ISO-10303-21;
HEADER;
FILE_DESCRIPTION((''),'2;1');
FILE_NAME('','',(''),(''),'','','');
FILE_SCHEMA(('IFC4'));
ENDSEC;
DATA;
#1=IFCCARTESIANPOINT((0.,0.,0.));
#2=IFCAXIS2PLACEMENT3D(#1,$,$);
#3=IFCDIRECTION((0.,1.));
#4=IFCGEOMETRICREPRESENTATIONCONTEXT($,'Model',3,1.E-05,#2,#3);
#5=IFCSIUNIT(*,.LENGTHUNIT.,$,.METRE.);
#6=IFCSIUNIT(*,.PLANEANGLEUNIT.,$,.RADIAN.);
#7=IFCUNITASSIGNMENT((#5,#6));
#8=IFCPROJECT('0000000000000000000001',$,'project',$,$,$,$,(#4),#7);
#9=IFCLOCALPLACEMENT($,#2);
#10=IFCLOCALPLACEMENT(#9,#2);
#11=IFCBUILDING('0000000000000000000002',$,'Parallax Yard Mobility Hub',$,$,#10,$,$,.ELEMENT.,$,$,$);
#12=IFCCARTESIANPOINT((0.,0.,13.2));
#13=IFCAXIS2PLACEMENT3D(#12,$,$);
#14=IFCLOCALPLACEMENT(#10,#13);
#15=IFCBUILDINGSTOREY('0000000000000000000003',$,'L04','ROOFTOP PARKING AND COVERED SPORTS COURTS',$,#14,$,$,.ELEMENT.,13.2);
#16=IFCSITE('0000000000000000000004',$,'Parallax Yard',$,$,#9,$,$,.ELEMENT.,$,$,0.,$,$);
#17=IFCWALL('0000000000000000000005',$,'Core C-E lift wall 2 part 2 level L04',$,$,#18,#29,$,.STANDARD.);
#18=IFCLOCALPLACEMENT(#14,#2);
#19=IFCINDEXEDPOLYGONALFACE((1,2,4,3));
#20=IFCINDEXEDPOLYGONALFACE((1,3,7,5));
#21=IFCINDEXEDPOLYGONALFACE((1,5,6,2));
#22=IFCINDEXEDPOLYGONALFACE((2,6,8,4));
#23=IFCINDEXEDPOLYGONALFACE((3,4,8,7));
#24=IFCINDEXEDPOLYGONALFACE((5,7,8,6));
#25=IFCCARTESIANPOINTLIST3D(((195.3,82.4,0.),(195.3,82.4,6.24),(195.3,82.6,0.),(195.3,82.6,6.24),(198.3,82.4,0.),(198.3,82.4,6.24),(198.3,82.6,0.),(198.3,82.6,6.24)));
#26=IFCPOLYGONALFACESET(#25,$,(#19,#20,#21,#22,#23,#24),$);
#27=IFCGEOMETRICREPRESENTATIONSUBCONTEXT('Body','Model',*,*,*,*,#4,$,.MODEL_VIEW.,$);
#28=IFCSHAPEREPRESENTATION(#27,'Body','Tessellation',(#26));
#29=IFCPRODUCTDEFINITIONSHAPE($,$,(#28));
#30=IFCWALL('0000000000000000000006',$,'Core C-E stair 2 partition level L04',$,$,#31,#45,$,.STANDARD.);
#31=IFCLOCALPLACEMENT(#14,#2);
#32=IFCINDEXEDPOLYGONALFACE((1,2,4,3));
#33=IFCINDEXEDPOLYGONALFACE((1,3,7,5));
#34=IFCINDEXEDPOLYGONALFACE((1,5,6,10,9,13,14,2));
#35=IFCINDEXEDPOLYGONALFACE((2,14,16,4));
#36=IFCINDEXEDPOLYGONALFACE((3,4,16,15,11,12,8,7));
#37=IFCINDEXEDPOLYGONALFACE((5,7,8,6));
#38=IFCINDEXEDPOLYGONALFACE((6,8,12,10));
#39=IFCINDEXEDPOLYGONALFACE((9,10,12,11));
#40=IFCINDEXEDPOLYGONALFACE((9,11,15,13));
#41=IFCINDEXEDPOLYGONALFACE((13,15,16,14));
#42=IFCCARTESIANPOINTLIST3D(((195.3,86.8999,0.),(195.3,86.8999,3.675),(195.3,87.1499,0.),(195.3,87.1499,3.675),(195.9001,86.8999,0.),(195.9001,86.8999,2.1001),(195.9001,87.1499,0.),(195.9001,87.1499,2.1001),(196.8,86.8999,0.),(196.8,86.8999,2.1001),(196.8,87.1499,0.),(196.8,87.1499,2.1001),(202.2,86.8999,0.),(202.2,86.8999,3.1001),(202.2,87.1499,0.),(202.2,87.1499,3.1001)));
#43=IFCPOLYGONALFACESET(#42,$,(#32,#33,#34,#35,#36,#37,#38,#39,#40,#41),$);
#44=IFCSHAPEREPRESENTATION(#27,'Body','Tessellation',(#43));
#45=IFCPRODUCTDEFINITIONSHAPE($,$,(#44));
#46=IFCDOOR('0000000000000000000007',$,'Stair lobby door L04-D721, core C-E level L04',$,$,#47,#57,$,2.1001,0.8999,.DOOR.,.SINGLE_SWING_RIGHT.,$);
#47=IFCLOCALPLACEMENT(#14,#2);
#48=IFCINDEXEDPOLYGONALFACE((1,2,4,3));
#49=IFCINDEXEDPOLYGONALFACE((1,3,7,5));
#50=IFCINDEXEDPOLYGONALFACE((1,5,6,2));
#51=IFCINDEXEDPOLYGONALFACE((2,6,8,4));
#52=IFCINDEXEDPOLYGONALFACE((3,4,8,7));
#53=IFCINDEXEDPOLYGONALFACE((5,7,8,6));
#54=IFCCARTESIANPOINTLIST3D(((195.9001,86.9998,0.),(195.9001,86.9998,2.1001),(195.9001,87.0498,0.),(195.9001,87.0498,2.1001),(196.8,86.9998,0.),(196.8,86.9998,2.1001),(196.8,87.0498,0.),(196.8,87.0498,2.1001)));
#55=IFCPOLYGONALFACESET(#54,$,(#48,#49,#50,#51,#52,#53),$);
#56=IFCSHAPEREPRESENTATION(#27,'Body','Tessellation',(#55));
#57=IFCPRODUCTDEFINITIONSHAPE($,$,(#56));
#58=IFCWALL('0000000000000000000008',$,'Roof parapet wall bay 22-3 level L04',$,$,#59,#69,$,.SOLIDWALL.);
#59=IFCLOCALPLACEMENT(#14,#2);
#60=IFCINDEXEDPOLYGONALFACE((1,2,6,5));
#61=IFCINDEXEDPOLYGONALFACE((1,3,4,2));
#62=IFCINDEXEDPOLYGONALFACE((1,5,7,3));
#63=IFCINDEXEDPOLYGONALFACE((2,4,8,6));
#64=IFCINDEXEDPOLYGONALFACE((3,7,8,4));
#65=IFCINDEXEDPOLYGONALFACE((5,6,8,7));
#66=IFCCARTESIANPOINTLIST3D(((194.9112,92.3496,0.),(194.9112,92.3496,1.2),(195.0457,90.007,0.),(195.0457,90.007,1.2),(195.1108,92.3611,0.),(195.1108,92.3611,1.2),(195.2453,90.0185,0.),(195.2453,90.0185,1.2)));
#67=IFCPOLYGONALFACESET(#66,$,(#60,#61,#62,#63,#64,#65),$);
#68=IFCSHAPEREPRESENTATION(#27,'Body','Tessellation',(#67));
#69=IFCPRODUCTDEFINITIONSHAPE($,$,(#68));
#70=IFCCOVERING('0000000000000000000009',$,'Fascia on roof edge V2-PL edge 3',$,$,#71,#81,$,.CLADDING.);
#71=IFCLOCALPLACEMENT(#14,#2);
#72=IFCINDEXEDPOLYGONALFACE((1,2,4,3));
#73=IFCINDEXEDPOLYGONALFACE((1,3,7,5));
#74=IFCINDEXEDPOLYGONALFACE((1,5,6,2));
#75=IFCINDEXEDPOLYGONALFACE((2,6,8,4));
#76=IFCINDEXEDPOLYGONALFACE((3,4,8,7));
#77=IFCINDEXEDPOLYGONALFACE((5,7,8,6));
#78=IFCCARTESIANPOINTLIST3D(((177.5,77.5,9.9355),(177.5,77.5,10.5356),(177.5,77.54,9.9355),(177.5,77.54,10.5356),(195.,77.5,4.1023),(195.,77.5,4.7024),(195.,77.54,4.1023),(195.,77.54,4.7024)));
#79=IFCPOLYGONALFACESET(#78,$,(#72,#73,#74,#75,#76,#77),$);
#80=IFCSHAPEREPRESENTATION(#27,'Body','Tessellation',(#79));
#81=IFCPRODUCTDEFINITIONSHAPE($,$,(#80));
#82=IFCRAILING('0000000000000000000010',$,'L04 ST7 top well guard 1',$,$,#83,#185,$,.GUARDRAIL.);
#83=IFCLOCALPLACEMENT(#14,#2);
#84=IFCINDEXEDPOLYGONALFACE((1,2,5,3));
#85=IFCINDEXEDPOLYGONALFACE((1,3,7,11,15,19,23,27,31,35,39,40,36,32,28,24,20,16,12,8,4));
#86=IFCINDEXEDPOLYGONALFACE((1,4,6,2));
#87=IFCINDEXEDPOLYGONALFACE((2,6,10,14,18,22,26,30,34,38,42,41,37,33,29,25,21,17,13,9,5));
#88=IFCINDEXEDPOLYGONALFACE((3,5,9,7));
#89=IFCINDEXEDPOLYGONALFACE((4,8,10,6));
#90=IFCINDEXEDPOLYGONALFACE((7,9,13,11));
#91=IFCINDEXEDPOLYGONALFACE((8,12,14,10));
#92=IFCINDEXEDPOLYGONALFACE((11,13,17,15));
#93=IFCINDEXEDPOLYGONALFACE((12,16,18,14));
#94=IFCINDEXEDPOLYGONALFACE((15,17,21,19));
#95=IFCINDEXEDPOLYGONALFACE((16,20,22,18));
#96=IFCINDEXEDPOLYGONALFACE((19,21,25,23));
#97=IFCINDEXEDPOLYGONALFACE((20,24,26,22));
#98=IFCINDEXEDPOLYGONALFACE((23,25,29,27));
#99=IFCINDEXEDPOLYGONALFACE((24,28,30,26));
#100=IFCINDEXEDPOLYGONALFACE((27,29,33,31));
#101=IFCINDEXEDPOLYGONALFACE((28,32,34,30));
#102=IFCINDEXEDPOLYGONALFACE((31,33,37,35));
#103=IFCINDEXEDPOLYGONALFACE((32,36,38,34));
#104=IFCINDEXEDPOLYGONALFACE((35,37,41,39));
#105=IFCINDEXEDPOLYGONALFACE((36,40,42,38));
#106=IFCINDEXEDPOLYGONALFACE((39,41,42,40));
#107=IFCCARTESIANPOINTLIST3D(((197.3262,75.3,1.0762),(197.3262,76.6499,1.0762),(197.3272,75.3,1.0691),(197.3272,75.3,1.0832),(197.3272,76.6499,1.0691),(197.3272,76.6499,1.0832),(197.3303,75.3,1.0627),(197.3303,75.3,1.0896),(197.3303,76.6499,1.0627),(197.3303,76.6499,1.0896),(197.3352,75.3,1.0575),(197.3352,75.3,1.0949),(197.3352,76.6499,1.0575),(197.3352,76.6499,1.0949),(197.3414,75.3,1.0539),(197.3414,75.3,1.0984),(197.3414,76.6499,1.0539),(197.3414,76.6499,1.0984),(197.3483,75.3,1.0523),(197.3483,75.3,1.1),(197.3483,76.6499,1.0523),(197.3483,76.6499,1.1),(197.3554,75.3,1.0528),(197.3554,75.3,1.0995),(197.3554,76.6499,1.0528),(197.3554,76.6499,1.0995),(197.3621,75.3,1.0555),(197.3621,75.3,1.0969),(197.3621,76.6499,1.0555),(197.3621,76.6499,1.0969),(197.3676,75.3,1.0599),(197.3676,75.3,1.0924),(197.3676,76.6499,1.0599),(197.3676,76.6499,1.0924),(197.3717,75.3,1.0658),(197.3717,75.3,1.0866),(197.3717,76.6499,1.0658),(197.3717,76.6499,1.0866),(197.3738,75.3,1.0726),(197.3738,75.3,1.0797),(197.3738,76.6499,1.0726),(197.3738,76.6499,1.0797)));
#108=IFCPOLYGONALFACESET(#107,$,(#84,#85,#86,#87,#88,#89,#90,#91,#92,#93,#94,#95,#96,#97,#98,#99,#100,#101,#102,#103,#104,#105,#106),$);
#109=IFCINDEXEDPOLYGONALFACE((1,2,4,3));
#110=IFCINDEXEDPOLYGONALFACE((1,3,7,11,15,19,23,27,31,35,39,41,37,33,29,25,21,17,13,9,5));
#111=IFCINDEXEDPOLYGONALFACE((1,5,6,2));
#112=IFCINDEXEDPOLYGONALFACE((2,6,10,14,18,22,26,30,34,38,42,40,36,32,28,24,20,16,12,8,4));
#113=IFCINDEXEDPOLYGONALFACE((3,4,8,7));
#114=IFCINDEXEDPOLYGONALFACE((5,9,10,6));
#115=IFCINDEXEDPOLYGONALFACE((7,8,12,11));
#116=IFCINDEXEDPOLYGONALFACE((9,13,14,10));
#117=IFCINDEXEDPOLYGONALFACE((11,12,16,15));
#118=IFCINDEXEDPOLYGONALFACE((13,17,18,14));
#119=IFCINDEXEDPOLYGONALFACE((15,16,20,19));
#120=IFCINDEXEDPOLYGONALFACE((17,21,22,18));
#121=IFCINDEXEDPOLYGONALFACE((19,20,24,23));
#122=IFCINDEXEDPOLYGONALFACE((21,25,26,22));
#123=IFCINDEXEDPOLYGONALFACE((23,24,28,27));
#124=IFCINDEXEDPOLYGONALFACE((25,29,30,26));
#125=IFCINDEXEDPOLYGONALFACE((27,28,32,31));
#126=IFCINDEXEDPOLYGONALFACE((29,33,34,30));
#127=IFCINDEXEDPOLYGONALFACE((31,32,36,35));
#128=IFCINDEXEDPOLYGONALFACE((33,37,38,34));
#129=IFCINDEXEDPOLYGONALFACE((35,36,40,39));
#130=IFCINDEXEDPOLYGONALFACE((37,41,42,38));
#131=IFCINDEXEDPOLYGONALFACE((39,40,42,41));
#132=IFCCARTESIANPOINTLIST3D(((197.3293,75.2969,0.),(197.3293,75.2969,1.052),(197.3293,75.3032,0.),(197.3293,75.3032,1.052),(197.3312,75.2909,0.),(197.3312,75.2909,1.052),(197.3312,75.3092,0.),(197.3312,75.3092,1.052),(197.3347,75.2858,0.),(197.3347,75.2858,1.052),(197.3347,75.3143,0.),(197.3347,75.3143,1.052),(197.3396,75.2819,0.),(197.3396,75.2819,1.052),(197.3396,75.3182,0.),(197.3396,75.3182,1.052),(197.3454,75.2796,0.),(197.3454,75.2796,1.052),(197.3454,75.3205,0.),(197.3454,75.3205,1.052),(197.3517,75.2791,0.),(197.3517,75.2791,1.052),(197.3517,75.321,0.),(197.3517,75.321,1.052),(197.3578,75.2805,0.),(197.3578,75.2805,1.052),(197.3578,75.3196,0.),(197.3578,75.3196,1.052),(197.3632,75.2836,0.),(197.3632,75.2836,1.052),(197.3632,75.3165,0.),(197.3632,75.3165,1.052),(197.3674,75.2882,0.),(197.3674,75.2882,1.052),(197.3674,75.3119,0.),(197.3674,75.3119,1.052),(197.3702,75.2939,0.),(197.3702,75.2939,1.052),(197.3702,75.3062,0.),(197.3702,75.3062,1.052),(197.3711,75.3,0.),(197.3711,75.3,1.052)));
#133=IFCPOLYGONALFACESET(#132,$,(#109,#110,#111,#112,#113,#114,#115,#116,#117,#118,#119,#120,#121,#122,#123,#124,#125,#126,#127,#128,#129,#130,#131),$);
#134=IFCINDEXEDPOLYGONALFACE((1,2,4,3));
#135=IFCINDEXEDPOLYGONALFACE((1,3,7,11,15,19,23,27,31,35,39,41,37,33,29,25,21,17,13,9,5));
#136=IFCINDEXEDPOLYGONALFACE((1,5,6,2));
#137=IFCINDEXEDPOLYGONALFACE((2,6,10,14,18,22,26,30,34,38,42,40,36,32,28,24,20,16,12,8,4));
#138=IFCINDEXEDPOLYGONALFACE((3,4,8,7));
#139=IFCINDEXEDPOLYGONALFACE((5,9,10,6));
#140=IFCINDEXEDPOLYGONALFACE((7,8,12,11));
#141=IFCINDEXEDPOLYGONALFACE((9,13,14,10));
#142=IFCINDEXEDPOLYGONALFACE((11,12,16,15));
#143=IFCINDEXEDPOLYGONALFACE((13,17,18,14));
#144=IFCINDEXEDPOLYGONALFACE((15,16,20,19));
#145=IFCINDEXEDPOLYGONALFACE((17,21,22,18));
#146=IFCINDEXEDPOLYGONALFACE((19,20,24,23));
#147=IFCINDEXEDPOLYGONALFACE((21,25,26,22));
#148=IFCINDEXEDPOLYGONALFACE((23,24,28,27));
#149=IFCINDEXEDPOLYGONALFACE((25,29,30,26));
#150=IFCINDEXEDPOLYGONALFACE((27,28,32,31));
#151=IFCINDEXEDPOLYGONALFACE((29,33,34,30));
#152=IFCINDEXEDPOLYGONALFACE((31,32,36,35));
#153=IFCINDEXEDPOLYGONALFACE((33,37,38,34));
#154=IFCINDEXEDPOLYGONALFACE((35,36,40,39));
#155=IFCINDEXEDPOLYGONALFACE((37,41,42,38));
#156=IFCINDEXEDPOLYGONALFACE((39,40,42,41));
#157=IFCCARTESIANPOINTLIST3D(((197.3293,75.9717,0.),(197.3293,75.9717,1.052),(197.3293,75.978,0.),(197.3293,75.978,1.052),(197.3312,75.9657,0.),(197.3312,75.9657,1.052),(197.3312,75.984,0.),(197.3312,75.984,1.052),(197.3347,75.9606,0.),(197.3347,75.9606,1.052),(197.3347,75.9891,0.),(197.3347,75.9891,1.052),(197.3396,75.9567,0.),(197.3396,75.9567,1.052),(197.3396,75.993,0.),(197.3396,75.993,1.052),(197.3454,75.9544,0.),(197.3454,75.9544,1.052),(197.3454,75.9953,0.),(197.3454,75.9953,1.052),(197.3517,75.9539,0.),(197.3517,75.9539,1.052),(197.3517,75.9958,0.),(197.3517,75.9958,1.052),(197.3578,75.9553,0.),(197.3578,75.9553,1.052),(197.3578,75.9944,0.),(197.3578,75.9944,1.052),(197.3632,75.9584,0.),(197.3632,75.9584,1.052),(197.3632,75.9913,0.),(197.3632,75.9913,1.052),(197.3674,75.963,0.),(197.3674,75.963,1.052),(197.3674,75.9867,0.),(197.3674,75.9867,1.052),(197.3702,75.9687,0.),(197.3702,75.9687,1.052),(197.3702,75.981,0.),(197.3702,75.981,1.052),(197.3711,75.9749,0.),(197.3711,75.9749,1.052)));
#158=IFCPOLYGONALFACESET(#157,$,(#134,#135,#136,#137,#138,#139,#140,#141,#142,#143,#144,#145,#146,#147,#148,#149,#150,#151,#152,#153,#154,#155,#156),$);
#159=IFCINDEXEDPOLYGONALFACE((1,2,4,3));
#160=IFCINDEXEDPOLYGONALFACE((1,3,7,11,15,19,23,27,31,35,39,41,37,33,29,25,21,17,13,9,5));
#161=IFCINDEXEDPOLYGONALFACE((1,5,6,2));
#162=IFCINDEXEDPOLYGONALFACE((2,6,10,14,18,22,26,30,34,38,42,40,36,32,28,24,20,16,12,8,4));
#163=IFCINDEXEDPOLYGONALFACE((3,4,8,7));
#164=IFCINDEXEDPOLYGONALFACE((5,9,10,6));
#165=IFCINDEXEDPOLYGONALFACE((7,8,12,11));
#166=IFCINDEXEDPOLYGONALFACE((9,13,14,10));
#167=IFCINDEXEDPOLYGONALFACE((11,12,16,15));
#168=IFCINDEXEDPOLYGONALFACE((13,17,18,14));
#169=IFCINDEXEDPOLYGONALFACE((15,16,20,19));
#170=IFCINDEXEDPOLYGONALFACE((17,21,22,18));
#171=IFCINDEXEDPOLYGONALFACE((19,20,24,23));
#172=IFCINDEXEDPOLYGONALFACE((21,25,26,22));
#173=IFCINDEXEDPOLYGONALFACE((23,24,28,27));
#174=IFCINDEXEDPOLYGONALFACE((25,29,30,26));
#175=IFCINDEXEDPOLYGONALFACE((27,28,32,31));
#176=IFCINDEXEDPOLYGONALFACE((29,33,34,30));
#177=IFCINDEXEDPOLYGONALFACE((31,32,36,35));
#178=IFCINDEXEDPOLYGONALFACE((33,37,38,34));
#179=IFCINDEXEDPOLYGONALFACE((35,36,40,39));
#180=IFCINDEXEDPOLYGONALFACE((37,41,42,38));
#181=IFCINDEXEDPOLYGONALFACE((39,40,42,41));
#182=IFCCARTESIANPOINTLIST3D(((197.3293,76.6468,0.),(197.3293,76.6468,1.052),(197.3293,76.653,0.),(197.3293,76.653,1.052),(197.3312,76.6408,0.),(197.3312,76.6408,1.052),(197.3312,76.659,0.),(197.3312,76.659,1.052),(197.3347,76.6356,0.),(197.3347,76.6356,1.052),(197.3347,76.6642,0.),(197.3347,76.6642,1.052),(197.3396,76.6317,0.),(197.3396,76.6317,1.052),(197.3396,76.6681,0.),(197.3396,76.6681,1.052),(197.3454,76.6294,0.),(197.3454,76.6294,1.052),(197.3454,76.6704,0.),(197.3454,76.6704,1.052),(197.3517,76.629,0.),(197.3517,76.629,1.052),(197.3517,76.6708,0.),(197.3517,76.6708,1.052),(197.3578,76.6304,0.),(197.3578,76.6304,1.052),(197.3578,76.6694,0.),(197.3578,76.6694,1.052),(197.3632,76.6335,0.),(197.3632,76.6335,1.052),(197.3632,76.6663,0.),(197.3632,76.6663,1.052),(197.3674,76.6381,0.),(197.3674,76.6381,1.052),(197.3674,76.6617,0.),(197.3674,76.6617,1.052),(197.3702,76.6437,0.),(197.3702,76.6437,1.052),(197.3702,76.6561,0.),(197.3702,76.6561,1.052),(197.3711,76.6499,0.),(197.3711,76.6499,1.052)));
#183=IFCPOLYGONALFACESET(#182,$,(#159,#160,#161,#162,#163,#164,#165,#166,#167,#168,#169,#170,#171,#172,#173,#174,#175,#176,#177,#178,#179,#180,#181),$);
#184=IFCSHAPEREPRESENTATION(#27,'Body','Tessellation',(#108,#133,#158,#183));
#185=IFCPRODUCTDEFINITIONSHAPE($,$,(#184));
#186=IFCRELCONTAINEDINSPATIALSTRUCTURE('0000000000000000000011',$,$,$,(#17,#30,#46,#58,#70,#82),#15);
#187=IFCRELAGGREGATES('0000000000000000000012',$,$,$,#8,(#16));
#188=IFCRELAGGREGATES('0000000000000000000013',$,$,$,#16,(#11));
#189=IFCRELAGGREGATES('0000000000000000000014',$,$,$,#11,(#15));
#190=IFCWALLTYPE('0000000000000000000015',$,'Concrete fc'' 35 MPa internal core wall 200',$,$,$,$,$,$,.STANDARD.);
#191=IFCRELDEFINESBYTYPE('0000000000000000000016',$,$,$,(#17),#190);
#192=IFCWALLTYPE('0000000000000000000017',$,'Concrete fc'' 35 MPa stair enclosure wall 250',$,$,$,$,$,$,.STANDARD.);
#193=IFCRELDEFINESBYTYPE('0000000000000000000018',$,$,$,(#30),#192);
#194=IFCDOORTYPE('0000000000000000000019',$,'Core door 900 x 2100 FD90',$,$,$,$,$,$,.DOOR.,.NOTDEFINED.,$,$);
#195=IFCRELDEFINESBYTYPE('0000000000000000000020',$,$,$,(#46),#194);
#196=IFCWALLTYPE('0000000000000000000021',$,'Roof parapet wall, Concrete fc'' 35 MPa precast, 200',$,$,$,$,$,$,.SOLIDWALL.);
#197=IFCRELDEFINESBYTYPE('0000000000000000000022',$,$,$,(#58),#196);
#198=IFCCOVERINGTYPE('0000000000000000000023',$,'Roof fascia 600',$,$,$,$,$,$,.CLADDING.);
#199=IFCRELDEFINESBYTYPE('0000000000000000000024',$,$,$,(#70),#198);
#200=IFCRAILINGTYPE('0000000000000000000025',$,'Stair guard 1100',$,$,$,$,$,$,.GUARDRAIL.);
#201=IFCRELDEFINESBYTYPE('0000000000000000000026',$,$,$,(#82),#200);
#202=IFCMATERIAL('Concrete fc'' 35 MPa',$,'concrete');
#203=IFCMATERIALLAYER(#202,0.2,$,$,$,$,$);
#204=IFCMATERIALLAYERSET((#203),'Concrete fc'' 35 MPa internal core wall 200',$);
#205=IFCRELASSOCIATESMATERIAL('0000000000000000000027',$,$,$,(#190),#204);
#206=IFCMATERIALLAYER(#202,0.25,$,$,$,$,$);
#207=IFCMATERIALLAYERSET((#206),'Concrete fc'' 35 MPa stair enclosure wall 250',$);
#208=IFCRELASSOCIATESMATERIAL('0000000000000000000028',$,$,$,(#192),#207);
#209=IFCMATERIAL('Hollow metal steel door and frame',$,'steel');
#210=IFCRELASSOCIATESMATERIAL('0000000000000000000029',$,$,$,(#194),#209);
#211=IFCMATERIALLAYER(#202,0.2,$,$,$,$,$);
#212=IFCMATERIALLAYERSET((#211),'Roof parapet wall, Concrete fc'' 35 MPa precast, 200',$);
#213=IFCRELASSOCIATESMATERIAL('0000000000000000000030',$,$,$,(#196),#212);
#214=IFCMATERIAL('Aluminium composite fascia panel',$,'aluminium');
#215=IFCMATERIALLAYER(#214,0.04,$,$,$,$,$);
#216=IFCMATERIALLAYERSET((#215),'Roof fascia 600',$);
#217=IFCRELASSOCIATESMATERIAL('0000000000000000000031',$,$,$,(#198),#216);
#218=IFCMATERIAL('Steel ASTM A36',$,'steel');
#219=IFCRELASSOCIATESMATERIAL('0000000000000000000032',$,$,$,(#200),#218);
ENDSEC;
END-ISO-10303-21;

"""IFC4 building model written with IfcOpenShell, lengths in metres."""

from ifc_helpers import new_model, si_unit, direction, frame, frame_2d, origin, origin_2d, place, context, subcontext, project, spatial, polyline, rectangle, circle, outline, extrude, material, layer, layer_set, type_object, element, fill, save


model = new_model("IFC4")

# Units and contexts
model_context = context("Model", 3, precision=1e-05, world=origin(), true_north=direction((0.0, 1.0)))
body_context = subcontext(model_context, "Body", "Model", "MODEL_VIEW")
ifc_project = project(units=[si_unit("LENGTHUNIT", "METRE"), si_unit("PLANEANGLEUNIT", "RADIAN")], contexts=[model_context])

# Site, building, storey
site_placement = place(None, origin())
site = spatial("IfcSite", under=ifc_project, at=site_placement, Name="Parallax Yard", CompositionType="ELEMENT", RefElevation=0.0)
building_placement = place(site_placement, origin())
building = spatial("IfcBuilding", under=site, at=building_placement, Name="Parallax Yard Mobility Hub", CompositionType="ELEMENT")
storey_placement = place(building_placement, frame((0.0, 0.0, 13.2)))
storey = spatial("IfcBuildingStorey", under=building, at=storey_placement, Name="L04", Description="ROOFTOP PARKING AND COVERED SPORTS COURTS", CompositionType="ELEMENT", Elevation=13.2)

# Shared definitions
ifc_material_1 = material(Name="Concrete fc' 35 MPa", Category="concrete")

# Wall
ifc_layer_1 = layer(ifc_material_1, 0.2)
ifc_layer_set_1 = layer_set([ifc_layer_1], Name="Concrete fc' 35 MPa internal core wall 200")
wall_type_1 = type_object("IfcWallType", Name="Concrete fc' 35 MPa internal core wall 200", PredefinedType="STANDARD", material=ifc_layer_set_1)
wall_1_placement = place(storey_placement, frame((198.3, 82.5, 0.0), z_axis=(0.0, 0.0, 1.0), x_axis=(-1.0, 0.0, 0.0)))
element("IfcWall", 1, at=wall_1_placement, inside=storey, type_object=wall_type_1, Name="Core C-E lift wall 2 part 2 level L04", PredefinedType="STANDARD", context=body_context, shape_type="SweptSolid", body=[
    extrude(rectangle(XDim=3.0, YDim=0.2, at=frame_2d((1.5, 0.0))), origin(), (0.0, 0.0, 1.0), 6.24),
])

# Wall, opening, door
ifc_layer_2 = layer(ifc_material_1, 0.25)
ifc_layer_set_2 = layer_set([ifc_layer_2], Name="Concrete fc' 35 MPa stair enclosure wall 250")
wall_type_2 = type_object("IfcWallType", Name="Concrete fc' 35 MPa stair enclosure wall 250", PredefinedType="STANDARD", material=ifc_layer_set_2)
wall_2_placement = place(storey_placement, frame((195.3, 87.0249, 0.0), z_axis=(0.0, 0.0, 1.0), x_axis=(1.0, 0.0, 0.0)))
wall_2 = element("IfcWall", 2, at=wall_2_placement, inside=storey, type_object=wall_type_2, Name="Core C-E stair 2 partition level L04", PredefinedType="STANDARD", context=body_context, shape_type="SweptSolid", body=[
    extrude(outline(polyline([(0.0, 0.0), (6.8999, 0.0), (6.8999, 3.1001), (0.0, 3.675), (0.0, 0.0)])), frame((0.0, 0.125, 0.0), z_axis=(0.0, -1.0, 0.0), x_axis=(1.0, 0.0, 0.0)), (0.0, 0.0, 1.0), 0.25),
])
opening_1_placement = place(wall_2_placement, frame((0.6001, 0.0, 0.0)))
opening_1 = element("IfcOpeningElement", 3, at=opening_1_placement, cuts=wall_2, PredefinedType="OPENING", context=body_context, shape_type="SweptSolid", body=[
    extrude(rectangle(XDim=0.8999, YDim=2.1001, at=frame_2d((0.45, 1.05))), frame((0.0, 0.135, 0.0), z_axis=(0.0, -1.0, 0.0), x_axis=(1.0, 0.0, 0.0)), (0.0, 0.0, 1.0), 0.27),
])
ifc_material_2 = material(Name="Hollow metal steel door and frame", Category="steel")
door_type = type_object("IfcDoorType", Name="Core door 900 x 2100 FD90", OperationType="NOTDEFINED", PredefinedType="DOOR", material=ifc_material_2)
door_placement = place(opening_1_placement, origin())
door = element("IfcDoor", 4, at=door_placement, inside=storey, type_object=door_type, Name="Stair lobby door L04-D721, core C-E level L04", OperationType="SINGLE_SWING_RIGHT", OverallHeight=2.1001, OverallWidth=0.8999, PredefinedType="DOOR", context=body_context, shape_type="SweptSolid", body=[
    extrude(rectangle(XDim=0.8999, YDim=2.1001, at=frame_2d((0.45, 1.05))), frame((0.0, 0.0249, 0.0), z_axis=(0.0, -1.0, 0.0), x_axis=(1.0, 0.0, 0.0)), (0.0, 0.0, 1.0), 0.05),
])
fill(opening_1, door)

# Wall
ifc_layer_3 = layer(ifc_material_1, 0.2)
ifc_layer_set_3 = layer_set([ifc_layer_3], Name="Roof parapet wall, Concrete fc' 35 MPa precast, 200")
wall_type_3 = type_object("IfcWallType", Name="Roof parapet wall, Concrete fc' 35 MPa precast, 200", PredefinedType="SOLIDWALL", material=ifc_layer_set_3)
wall_3_placement = place(storey_placement, frame((195.011, 92.3555, 0.0), z_axis=(0.0, 0.0, 1.0), x_axis=(0.057331, -0.998355, 0.0)))
element("IfcWall", 5, at=wall_3_placement, inside=storey, type_object=wall_type_3, Name="Roof parapet wall bay 22-3 level L04", PredefinedType="SOLIDWALL", context=body_context, shape_type="SweptSolid", body=[
    extrude(rectangle(XDim=2.3464, YDim=0.2, at=frame_2d((1.1733, 0.0))), origin(), (0.0, 0.0, 1.0), 1.2),
])

# Covering
ifc_material_3 = material(Name="Aluminium composite fascia panel", Category="aluminium")
ifc_layer_4 = layer(ifc_material_3, 0.04)
ifc_layer_set_4 = layer_set([ifc_layer_4], Name="Roof fascia 600")
covering_type = type_object("IfcCoveringType", Name="Roof fascia 600", PredefinedType="CLADDING", material=ifc_layer_set_4)
covering_placement = place(storey_placement, frame((195.0, 77.5, 4.7024), z_axis=(0.0, -1.0, 0.0), x_axis=(-0.948685, 0.0, 0.316224)))
element("IfcCovering", 6, at=covering_placement, inside=storey, type_object=covering_type, Name="Fascia on roof edge V2-PL edge 3", PredefinedType="CLADDING", context=body_context, shape_type="SweptSolid", body=[
    extrude(outline(polyline([(0.0, 0.0), (18.4466, 0.0), (18.2568, 0.5693), (-0.1898, 0.5693), (0.0, 0.0)])), origin(), (0.0, 0.0, -1.0), 0.04),
])

# Railing
ifc_material_4 = material(Name="Steel ASTM A36", Category="steel")
railing_type = type_object("IfcRailingType", Name="Stair guard 1100", PredefinedType="GUARDRAIL", material=ifc_material_4)
railing_1_placement = place(storey_placement, frame((197.3501, 75.3, 0.0)))
element("IfcRailing", 7, at=railing_1_placement, inside=storey, type_object=railing_type, Name="L04 ST7 top well guard 1", PredefinedType="GUARDRAIL", context=body_context, shape_type="SweptSolid", body=[
    extrude(circle(Radius=0.0239, at=origin_2d()), frame((0.0, 0.0, 1.0762), z_axis=(0.0, 1.0, 0.0), x_axis=(-1.0, 0.0, 0.0)), (0.0, 0.0, 1.0), 1.3499),
    extrude(circle(Radius=0.021, at=origin_2d()), origin(), (0.0, 0.0, 1.0), 1.052),
    extrude(circle(Radius=0.021, at=origin_2d()), frame((0.0, 0.6748, 0.0)), (0.0, 0.0, 1.0), 1.052),
    extrude(circle(Radius=0.021, at=origin_2d()), frame((0.0, 1.3499, 0.0)), (0.0, 0.0, 1.0), 1.052),
])

save(model, "model.ifc")
